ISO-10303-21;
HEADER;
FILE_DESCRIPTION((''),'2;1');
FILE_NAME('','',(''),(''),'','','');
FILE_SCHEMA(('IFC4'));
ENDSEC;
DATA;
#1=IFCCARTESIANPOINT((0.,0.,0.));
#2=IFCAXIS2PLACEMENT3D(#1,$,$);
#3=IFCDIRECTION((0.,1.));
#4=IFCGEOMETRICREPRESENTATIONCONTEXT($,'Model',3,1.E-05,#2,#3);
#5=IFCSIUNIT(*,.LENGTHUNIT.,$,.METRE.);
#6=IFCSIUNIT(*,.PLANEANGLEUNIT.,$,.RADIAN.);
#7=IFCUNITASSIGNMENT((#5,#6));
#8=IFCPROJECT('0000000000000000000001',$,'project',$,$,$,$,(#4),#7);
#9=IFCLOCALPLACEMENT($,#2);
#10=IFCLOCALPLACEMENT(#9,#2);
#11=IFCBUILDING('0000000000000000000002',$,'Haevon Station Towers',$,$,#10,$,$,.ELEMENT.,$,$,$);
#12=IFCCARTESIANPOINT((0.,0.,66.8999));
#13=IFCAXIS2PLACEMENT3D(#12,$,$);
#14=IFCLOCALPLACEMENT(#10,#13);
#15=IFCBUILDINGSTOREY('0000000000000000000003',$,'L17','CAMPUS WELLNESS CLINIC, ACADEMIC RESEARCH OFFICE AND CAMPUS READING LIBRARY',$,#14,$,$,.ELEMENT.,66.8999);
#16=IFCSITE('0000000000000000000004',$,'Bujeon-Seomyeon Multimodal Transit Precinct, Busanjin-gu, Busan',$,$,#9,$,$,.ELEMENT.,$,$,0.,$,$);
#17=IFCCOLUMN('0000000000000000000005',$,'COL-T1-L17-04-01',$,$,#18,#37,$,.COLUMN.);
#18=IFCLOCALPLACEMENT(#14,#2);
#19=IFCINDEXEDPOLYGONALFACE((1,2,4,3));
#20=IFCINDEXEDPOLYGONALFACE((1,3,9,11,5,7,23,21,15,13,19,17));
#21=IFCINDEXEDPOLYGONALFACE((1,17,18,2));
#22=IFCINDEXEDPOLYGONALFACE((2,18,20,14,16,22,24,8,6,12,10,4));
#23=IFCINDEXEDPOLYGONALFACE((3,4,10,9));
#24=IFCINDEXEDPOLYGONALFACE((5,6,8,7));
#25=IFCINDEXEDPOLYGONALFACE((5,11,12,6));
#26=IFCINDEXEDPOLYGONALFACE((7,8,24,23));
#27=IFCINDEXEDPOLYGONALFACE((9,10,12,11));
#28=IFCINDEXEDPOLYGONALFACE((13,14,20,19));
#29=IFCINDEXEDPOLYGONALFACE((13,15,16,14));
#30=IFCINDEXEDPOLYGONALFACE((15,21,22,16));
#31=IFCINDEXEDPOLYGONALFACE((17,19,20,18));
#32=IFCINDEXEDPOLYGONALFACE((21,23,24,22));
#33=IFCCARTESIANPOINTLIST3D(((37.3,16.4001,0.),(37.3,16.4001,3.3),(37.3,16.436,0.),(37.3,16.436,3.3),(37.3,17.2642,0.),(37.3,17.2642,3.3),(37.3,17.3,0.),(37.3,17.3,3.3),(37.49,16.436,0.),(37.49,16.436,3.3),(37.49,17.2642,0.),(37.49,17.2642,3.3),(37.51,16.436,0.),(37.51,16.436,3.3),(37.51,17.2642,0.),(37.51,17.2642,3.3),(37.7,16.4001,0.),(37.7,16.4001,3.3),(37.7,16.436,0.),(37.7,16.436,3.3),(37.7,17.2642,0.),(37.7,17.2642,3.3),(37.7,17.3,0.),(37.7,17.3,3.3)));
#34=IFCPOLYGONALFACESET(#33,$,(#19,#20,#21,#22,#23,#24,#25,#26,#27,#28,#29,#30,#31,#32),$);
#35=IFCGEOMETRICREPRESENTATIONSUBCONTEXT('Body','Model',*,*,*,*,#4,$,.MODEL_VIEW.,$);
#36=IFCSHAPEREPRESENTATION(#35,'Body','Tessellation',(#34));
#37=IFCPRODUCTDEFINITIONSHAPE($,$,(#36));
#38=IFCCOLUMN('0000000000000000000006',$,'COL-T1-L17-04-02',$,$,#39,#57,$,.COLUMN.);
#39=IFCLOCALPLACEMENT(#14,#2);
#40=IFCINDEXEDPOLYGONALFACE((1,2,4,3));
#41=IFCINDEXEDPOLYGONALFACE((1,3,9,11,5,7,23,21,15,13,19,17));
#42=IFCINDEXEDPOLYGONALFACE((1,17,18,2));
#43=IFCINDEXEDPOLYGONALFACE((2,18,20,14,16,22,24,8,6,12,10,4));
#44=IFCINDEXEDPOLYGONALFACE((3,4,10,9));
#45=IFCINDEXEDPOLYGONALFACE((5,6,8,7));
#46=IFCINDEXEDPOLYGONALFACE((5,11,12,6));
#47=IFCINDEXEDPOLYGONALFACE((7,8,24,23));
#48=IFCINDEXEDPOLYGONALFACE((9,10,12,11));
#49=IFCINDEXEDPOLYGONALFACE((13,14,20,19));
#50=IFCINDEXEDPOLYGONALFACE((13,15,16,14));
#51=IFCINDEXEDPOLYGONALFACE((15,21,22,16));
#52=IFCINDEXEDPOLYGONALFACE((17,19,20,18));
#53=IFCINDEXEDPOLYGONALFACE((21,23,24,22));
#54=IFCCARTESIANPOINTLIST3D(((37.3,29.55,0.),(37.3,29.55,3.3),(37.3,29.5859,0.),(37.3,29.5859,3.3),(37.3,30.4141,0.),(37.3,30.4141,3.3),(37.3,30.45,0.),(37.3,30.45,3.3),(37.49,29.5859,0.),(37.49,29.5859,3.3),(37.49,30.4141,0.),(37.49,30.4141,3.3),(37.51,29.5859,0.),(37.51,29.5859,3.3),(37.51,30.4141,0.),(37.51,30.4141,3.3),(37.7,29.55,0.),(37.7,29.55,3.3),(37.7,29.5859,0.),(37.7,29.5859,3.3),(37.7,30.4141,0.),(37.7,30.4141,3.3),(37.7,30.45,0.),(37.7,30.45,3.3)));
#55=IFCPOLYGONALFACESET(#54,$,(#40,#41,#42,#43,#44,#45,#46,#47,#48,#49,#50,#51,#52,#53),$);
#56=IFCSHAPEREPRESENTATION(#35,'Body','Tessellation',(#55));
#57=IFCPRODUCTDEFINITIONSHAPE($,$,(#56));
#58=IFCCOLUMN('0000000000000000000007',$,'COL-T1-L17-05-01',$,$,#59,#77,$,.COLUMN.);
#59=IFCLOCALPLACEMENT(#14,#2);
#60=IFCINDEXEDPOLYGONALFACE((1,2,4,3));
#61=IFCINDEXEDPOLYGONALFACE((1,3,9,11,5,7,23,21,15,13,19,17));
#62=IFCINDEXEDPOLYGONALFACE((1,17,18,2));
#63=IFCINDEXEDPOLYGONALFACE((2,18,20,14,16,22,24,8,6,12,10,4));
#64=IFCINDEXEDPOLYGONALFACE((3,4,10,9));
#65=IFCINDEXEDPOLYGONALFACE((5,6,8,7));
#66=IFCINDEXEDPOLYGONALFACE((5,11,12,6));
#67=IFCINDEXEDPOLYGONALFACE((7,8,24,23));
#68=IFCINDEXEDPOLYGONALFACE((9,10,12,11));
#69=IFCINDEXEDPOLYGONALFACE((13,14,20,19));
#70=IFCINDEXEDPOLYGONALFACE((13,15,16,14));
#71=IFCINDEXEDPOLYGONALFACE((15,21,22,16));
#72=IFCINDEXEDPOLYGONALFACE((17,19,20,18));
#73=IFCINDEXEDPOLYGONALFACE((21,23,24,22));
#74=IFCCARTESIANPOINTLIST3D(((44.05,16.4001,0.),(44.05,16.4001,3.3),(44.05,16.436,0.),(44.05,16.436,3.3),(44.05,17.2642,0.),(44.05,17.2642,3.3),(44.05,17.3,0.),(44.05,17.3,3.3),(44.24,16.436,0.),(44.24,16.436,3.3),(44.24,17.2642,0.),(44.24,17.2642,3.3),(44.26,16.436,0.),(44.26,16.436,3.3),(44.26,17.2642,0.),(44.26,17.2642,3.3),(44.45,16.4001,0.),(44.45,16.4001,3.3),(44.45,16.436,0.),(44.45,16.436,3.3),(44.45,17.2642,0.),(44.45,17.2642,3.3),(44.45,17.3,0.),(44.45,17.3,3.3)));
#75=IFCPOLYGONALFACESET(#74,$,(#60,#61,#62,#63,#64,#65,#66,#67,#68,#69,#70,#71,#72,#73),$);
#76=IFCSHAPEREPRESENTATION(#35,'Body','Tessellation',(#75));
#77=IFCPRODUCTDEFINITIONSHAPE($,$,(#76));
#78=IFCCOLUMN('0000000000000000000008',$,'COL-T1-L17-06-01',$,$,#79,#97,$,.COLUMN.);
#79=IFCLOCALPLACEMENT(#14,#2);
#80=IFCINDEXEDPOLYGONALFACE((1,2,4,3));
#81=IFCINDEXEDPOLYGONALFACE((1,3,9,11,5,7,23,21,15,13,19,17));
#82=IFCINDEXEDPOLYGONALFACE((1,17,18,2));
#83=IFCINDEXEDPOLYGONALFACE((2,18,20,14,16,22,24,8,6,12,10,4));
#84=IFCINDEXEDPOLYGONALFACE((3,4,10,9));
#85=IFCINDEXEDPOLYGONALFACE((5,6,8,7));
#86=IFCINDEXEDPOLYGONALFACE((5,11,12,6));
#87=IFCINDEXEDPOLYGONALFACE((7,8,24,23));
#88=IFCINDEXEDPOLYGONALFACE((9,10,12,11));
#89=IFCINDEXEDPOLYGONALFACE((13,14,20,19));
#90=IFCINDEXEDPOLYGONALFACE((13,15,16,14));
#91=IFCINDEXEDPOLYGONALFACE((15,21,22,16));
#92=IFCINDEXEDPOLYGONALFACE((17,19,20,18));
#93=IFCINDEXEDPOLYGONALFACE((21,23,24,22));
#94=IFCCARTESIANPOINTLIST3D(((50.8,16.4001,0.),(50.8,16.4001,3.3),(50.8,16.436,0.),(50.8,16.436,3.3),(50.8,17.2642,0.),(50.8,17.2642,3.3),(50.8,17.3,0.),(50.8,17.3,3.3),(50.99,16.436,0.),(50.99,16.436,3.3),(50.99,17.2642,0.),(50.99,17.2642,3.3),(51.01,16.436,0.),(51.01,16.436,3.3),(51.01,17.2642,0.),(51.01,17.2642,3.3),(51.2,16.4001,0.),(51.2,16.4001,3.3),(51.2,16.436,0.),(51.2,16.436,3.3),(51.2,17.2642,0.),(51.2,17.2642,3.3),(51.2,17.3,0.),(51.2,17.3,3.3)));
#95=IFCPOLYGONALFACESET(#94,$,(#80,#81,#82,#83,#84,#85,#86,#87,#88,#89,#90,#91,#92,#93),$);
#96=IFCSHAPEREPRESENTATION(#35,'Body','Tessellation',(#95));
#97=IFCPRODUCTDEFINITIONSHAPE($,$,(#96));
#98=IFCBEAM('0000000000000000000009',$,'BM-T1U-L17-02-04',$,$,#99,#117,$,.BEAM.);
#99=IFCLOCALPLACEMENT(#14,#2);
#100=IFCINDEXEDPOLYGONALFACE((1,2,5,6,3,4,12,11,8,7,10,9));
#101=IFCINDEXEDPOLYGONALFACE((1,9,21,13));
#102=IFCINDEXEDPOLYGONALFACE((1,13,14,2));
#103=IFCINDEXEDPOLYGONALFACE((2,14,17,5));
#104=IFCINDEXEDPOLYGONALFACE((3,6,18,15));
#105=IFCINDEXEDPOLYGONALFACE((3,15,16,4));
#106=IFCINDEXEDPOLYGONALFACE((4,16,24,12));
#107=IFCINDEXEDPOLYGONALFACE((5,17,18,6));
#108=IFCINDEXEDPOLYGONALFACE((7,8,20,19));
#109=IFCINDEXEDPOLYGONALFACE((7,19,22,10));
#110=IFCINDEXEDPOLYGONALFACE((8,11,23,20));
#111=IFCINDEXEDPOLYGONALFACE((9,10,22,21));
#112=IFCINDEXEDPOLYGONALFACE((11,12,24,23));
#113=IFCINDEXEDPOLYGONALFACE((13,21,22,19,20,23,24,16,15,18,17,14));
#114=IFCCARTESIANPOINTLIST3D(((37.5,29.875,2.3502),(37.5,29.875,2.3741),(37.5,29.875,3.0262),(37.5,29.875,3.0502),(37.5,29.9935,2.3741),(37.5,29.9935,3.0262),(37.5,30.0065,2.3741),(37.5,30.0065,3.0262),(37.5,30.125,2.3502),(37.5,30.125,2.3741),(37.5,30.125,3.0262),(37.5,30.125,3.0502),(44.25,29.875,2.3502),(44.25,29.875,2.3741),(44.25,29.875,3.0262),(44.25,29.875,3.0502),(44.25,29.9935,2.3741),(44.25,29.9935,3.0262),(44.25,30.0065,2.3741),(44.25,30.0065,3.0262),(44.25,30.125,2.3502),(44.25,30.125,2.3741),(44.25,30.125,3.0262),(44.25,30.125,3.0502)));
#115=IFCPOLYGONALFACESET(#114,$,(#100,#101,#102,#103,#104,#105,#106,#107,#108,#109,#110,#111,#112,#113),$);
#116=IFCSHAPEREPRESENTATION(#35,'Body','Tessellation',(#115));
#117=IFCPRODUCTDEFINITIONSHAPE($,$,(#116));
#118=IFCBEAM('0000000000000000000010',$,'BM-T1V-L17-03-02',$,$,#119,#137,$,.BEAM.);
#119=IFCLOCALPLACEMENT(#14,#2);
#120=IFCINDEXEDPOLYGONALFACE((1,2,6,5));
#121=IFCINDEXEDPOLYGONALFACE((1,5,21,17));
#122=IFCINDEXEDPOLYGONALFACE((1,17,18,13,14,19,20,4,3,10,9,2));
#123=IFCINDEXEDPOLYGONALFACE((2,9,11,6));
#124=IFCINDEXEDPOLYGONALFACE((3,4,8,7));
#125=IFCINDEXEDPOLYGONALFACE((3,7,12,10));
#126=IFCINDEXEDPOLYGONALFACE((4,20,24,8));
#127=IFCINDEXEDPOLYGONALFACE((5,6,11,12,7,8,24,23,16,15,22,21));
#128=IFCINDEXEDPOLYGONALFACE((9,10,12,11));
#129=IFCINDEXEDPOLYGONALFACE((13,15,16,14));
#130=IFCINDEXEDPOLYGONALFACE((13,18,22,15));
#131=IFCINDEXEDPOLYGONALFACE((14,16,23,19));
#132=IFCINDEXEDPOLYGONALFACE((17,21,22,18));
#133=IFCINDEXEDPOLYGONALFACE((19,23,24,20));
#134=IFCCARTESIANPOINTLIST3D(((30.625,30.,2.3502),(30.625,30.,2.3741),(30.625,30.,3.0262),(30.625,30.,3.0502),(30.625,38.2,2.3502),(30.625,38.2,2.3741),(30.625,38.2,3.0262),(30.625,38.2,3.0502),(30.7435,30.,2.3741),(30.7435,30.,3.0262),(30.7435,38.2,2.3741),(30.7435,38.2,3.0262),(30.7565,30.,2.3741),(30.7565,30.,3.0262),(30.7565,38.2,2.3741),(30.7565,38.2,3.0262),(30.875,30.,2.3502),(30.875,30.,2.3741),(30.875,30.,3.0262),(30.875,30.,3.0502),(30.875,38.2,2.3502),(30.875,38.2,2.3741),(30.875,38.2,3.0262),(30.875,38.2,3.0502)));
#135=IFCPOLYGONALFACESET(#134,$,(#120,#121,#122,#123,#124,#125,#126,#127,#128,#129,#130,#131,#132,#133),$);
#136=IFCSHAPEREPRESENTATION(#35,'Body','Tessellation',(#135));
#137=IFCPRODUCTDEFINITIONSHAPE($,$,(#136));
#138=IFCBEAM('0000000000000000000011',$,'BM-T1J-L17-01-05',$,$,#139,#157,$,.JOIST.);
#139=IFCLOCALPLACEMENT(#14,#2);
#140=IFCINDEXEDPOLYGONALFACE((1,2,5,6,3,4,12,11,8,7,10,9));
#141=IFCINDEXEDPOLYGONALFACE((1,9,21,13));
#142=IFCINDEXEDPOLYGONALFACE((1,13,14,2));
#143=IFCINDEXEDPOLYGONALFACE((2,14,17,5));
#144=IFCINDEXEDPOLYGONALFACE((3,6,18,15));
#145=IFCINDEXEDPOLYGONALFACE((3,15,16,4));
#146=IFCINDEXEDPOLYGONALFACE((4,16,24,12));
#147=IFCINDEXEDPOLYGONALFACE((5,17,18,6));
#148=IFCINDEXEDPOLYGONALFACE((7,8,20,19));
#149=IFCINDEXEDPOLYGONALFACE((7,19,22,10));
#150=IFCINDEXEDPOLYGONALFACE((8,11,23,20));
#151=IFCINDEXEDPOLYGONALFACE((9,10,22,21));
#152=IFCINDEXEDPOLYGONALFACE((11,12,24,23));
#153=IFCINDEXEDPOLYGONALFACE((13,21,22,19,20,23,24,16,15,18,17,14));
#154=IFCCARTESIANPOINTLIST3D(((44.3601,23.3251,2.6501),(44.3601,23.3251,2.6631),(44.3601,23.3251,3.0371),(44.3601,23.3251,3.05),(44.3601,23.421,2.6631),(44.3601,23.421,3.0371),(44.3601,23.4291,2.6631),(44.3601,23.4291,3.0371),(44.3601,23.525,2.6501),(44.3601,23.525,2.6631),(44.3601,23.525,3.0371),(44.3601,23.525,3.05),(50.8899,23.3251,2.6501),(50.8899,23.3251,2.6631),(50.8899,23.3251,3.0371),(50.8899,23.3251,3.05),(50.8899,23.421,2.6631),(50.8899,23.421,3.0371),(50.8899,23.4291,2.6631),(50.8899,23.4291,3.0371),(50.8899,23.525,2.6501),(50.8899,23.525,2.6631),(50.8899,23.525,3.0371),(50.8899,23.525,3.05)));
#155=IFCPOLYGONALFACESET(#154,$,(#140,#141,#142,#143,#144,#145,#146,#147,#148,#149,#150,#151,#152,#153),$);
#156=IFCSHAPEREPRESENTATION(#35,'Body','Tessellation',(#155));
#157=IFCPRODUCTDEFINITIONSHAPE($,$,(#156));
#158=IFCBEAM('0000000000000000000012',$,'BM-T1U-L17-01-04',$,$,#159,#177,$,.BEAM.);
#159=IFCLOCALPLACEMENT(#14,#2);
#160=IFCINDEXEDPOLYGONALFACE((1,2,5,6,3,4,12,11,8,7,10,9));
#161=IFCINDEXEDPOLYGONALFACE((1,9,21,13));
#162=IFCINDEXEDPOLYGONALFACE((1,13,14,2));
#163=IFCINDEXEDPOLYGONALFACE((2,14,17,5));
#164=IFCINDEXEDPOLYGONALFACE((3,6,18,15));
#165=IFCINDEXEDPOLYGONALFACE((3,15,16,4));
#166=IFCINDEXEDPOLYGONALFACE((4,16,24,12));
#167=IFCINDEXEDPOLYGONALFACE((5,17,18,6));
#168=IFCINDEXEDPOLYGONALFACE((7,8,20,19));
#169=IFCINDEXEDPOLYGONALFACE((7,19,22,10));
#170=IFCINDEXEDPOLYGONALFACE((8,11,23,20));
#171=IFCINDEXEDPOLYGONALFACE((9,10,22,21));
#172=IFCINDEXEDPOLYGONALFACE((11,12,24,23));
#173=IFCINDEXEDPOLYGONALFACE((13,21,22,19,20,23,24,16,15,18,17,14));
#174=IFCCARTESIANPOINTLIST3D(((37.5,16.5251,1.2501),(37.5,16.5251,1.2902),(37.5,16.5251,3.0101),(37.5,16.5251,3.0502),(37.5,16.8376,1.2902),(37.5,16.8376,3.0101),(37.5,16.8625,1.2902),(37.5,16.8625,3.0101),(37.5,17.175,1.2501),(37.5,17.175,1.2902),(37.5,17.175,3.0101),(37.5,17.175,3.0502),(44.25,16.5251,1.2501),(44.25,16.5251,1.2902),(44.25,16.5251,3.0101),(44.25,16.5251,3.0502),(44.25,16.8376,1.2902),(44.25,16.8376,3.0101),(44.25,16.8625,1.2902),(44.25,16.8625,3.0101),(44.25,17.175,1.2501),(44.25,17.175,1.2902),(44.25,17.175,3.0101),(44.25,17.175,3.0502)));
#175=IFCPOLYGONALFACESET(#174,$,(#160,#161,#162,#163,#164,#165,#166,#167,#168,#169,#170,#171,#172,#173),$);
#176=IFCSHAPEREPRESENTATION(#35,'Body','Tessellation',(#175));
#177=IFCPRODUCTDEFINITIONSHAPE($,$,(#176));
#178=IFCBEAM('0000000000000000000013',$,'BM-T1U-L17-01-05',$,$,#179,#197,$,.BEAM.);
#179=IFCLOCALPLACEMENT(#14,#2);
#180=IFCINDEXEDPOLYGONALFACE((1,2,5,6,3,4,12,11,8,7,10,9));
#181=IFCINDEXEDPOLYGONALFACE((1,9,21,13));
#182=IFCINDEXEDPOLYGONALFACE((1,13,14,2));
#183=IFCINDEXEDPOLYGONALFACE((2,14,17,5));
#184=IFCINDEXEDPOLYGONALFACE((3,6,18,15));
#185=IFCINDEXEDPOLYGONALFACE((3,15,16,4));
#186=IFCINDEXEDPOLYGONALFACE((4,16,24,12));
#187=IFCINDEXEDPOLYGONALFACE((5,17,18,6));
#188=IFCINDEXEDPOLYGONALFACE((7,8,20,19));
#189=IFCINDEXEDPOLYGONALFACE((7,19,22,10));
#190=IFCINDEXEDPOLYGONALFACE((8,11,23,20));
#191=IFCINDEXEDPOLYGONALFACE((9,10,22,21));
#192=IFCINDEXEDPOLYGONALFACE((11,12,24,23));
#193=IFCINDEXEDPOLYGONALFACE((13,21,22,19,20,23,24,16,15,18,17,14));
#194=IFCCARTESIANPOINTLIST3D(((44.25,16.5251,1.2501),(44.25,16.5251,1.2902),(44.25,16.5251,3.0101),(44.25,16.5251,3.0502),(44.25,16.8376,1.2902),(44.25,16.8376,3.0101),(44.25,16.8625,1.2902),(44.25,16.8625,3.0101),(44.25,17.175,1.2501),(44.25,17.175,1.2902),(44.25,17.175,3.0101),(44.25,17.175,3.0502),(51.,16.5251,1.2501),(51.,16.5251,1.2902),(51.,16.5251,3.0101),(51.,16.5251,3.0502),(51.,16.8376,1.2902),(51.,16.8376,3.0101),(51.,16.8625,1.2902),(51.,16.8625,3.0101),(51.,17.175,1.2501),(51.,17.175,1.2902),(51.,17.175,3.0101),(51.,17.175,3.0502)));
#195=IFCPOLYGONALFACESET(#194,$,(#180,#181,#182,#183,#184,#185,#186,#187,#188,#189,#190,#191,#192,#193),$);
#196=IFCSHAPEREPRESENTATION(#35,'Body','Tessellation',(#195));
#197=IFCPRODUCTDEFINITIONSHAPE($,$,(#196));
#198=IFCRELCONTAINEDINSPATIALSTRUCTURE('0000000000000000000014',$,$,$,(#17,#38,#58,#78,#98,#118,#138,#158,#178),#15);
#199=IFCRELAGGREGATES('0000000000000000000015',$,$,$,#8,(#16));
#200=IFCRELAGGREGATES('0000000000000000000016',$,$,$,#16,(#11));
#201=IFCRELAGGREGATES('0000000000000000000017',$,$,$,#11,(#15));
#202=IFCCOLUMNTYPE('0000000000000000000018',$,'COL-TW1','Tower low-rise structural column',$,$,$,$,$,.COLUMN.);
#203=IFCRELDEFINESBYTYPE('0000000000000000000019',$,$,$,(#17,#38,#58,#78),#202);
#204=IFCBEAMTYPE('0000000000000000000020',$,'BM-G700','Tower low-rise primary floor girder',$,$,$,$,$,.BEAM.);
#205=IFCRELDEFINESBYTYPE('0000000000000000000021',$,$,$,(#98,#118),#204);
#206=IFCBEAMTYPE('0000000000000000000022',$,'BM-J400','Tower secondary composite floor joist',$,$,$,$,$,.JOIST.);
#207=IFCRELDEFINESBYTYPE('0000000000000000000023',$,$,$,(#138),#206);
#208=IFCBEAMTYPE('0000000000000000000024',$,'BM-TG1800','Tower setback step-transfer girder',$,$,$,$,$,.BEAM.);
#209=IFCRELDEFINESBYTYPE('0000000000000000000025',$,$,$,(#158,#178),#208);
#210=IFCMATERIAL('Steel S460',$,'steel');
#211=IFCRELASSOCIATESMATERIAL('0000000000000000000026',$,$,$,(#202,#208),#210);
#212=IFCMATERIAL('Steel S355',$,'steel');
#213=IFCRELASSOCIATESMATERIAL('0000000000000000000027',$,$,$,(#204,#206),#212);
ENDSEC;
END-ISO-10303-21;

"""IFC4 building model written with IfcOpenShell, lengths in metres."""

from ifc_helpers import new_model, si_unit, direction, frame, origin, origin_2d, place, context, subcontext, project, spatial, i_section, extrude, material, material_profile, profile_set, type_object, element, save


model = new_model("IFC4")

# Units and contexts
model_context = context("Model", 3, precision=1e-05, world=origin(), true_north=direction((0.0, 1.0)))
body_context = subcontext(model_context, "Body", "Model", "MODEL_VIEW")
ifc_project = project(units=[si_unit("LENGTHUNIT", "METRE"), si_unit("PLANEANGLEUNIT", "RADIAN")], contexts=[model_context])

# Site, building, storey
site_placement = place(None, origin())
site = spatial("IfcSite", under=ifc_project, at=site_placement, Name="Bujeon-Seomyeon Multimodal Transit Precinct, Busanjin-gu, Busan", CompositionType="ELEMENT", RefElevation=0.0)
building_placement = place(site_placement, origin())
building = spatial("IfcBuilding", under=site, at=building_placement, Name="Haevon Station Towers", CompositionType="ELEMENT")
storey_placement = place(building_placement, frame((0.0, 0.0, 66.8999)))
storey = spatial("IfcBuildingStorey", under=building, at=storey_placement, Name="L17", Description="CAMPUS WELLNESS CLINIC, ACADEMIC RESEARCH OFFICE AND CAMPUS READING LIBRARY", CompositionType="ELEMENT", Elevation=66.8999)

# Columns
ifc_material_1 = material(Name="Steel S460", Category="steel")
ifc_material_profile_1 = material_profile(ifc_material_1, i_section(OverallWidth=0.3999, OverallDepth=0.8999, WebThickness=0.02, FlangeThickness=0.0359, at=origin_2d()), Name="H-900x400x20x36")
ifc_profile_set_1 = profile_set([ifc_material_profile_1], Name="Steel S460")
column_type = type_object("IfcColumnType", Name="COL-TW1", Description="Tower low-rise structural column", PredefinedType="COLUMN", material=ifc_profile_set_1)
for number, where, z_axis, x_axis, name in (
    (1, (37.5, 16.8501, 0.0), (0.0, 0.0, 1.0), (1.0, 0.0, 0.0), "COL-T1-L17-04-01"),
    (2, (37.5, 30.0, 0.0), (0.0, 0.0, 1.0), (1.0, 0.0, 0.0), "COL-T1-L17-04-02"),
    (3, (44.25, 16.8501, 0.0), (0.0, 0.0, 1.0), (1.0, 0.0, 0.0), "COL-T1-L17-05-01"),
    (4, (51.0, 16.8501, 0.0), (0.0, 0.0, 1.0), (1.0, 0.0, 0.0), "COL-T1-L17-06-01"),
):
    element("IfcColumn", number, at=place(storey_placement, frame(where, z_axis=z_axis, x_axis=x_axis)), inside=storey, type_object=column_type, Name=name, PredefinedType="COLUMN", context=body_context, shape_type="SweptSolid", body=[
        extrude(i_section(OverallWidth=0.3999, OverallDepth=0.8999, WebThickness=0.02, FlangeThickness=0.0359, at=origin_2d()), origin(), (0.0, 0.0, 1.0), 3.3),
    ])

# Beams
ifc_material_2 = material(Name="Steel S355", Category="steel")
ifc_material_profile_2 = material_profile(ifc_material_2, i_section(OverallWidth=0.25, OverallDepth=0.7, WebThickness=0.0129, FlangeThickness=0.0239, at=origin_2d()), Name="H-700x250x13x24")
ifc_profile_set_2 = profile_set([ifc_material_profile_2], Name="Steel S355")
beam_type_1 = type_object("IfcBeamType", Name="BM-G700", Description="Tower low-rise primary floor girder", PredefinedType="BEAM", material=ifc_profile_set_2)
beam_1_placement = place(storey_placement, frame((37.5, 30.0, 2.7002), z_axis=(1.0, 0.0, 0.0), x_axis=(0.0, 1.0, 0.0)))
element("IfcBeam", 5, at=beam_1_placement, inside=storey, type_object=beam_type_1, Name="BM-T1U-L17-02-04", PredefinedType="BEAM", context=body_context, shape_type="SweptSolid", body=[
    extrude(i_section(OverallWidth=0.25, OverallDepth=0.7, WebThickness=0.0129, FlangeThickness=0.0239, at=origin_2d()), origin(), (0.0, 0.0, 1.0), 6.75),
])
beam_2_placement = place(storey_placement, frame((30.75, 30.0, 2.7002), z_axis=(0.0, 1.0, 0.0), x_axis=(-1.0, 0.0, 0.0)))
element("IfcBeam", 6, at=beam_2_placement, inside=storey, type_object=beam_type_1, Name="BM-T1V-L17-03-02", PredefinedType="BEAM", context=body_context, shape_type="SweptSolid", body=[
    extrude(i_section(OverallWidth=0.25, OverallDepth=0.7, WebThickness=0.0129, FlangeThickness=0.0239, at=origin_2d()), origin(), (0.0, 0.0, 1.0), 8.2),
])
ifc_material_profile_3 = material_profile(ifc_material_2, i_section(OverallWidth=0.2, OverallDepth=0.3999, WebThickness=0.0081, FlangeThickness=0.0129, at=origin_2d()), Name="H-400x200x8x13")
ifc_profile_set_3 = profile_set([ifc_material_profile_3], Name="Steel S355")
beam_type_2 = type_object("IfcBeamType", Name="BM-J400", Description="Tower secondary composite floor joist", PredefinedType="JOIST", material=ifc_profile_set_3)
beam_3_placement = place(storey_placement, frame((44.3601, 23.425, 2.8501), z_axis=(1.0, 0.0, 0.0), x_axis=(0.0, 1.0, 0.0)))
element("IfcBeam", 7, at=beam_3_placement, inside=storey, type_object=beam_type_2, Name="BM-T1J-L17-01-05", PredefinedType="JOIST", context=body_context, shape_type="SweptSolid", body=[
    extrude(i_section(OverallWidth=0.2, OverallDepth=0.3999, WebThickness=0.0081, FlangeThickness=0.0129, at=origin_2d()), origin(), (0.0, 0.0, 1.0), 6.5298),
])
ifc_material_profile_4 = material_profile(ifc_material_1, i_section(OverallWidth=0.6499, OverallDepth=1.8, WebThickness=0.0249, FlangeThickness=0.04, at=origin_2d()), Name="H-1800x650x25x40")
ifc_profile_set_4 = profile_set([ifc_material_profile_4], Name="Steel S460")
beam_type_3 = type_object("IfcBeamType", Name="BM-TG1800", Description="Tower setback step-transfer girder", PredefinedType="BEAM", material=ifc_profile_set_4)
for number, where, z_axis, x_axis, name in (
    (8, (37.5, 16.8501, 2.1501), (1.0, 0.0, 0.0), (0.0, 1.0, 0.0), "BM-T1U-L17-01-04"),
    (9, (44.25, 16.8501, 2.1501), (1.0, 0.0, 0.0), (0.0, 1.0, 0.0), "BM-T1U-L17-01-05"),
):
    element("IfcBeam", number, at=place(storey_placement, frame(where, z_axis=z_axis, x_axis=x_axis)), inside=storey, type_object=beam_type_3, Name=name, PredefinedType="BEAM", context=body_context, shape_type="SweptSolid", body=[
        extrude(i_section(OverallWidth=0.6499, OverallDepth=1.8, WebThickness=0.0249, FlangeThickness=0.04, at=origin_2d()), origin(), (0.0, 0.0, 1.0), 6.75),
    ])

save(model, "model.ifc")
